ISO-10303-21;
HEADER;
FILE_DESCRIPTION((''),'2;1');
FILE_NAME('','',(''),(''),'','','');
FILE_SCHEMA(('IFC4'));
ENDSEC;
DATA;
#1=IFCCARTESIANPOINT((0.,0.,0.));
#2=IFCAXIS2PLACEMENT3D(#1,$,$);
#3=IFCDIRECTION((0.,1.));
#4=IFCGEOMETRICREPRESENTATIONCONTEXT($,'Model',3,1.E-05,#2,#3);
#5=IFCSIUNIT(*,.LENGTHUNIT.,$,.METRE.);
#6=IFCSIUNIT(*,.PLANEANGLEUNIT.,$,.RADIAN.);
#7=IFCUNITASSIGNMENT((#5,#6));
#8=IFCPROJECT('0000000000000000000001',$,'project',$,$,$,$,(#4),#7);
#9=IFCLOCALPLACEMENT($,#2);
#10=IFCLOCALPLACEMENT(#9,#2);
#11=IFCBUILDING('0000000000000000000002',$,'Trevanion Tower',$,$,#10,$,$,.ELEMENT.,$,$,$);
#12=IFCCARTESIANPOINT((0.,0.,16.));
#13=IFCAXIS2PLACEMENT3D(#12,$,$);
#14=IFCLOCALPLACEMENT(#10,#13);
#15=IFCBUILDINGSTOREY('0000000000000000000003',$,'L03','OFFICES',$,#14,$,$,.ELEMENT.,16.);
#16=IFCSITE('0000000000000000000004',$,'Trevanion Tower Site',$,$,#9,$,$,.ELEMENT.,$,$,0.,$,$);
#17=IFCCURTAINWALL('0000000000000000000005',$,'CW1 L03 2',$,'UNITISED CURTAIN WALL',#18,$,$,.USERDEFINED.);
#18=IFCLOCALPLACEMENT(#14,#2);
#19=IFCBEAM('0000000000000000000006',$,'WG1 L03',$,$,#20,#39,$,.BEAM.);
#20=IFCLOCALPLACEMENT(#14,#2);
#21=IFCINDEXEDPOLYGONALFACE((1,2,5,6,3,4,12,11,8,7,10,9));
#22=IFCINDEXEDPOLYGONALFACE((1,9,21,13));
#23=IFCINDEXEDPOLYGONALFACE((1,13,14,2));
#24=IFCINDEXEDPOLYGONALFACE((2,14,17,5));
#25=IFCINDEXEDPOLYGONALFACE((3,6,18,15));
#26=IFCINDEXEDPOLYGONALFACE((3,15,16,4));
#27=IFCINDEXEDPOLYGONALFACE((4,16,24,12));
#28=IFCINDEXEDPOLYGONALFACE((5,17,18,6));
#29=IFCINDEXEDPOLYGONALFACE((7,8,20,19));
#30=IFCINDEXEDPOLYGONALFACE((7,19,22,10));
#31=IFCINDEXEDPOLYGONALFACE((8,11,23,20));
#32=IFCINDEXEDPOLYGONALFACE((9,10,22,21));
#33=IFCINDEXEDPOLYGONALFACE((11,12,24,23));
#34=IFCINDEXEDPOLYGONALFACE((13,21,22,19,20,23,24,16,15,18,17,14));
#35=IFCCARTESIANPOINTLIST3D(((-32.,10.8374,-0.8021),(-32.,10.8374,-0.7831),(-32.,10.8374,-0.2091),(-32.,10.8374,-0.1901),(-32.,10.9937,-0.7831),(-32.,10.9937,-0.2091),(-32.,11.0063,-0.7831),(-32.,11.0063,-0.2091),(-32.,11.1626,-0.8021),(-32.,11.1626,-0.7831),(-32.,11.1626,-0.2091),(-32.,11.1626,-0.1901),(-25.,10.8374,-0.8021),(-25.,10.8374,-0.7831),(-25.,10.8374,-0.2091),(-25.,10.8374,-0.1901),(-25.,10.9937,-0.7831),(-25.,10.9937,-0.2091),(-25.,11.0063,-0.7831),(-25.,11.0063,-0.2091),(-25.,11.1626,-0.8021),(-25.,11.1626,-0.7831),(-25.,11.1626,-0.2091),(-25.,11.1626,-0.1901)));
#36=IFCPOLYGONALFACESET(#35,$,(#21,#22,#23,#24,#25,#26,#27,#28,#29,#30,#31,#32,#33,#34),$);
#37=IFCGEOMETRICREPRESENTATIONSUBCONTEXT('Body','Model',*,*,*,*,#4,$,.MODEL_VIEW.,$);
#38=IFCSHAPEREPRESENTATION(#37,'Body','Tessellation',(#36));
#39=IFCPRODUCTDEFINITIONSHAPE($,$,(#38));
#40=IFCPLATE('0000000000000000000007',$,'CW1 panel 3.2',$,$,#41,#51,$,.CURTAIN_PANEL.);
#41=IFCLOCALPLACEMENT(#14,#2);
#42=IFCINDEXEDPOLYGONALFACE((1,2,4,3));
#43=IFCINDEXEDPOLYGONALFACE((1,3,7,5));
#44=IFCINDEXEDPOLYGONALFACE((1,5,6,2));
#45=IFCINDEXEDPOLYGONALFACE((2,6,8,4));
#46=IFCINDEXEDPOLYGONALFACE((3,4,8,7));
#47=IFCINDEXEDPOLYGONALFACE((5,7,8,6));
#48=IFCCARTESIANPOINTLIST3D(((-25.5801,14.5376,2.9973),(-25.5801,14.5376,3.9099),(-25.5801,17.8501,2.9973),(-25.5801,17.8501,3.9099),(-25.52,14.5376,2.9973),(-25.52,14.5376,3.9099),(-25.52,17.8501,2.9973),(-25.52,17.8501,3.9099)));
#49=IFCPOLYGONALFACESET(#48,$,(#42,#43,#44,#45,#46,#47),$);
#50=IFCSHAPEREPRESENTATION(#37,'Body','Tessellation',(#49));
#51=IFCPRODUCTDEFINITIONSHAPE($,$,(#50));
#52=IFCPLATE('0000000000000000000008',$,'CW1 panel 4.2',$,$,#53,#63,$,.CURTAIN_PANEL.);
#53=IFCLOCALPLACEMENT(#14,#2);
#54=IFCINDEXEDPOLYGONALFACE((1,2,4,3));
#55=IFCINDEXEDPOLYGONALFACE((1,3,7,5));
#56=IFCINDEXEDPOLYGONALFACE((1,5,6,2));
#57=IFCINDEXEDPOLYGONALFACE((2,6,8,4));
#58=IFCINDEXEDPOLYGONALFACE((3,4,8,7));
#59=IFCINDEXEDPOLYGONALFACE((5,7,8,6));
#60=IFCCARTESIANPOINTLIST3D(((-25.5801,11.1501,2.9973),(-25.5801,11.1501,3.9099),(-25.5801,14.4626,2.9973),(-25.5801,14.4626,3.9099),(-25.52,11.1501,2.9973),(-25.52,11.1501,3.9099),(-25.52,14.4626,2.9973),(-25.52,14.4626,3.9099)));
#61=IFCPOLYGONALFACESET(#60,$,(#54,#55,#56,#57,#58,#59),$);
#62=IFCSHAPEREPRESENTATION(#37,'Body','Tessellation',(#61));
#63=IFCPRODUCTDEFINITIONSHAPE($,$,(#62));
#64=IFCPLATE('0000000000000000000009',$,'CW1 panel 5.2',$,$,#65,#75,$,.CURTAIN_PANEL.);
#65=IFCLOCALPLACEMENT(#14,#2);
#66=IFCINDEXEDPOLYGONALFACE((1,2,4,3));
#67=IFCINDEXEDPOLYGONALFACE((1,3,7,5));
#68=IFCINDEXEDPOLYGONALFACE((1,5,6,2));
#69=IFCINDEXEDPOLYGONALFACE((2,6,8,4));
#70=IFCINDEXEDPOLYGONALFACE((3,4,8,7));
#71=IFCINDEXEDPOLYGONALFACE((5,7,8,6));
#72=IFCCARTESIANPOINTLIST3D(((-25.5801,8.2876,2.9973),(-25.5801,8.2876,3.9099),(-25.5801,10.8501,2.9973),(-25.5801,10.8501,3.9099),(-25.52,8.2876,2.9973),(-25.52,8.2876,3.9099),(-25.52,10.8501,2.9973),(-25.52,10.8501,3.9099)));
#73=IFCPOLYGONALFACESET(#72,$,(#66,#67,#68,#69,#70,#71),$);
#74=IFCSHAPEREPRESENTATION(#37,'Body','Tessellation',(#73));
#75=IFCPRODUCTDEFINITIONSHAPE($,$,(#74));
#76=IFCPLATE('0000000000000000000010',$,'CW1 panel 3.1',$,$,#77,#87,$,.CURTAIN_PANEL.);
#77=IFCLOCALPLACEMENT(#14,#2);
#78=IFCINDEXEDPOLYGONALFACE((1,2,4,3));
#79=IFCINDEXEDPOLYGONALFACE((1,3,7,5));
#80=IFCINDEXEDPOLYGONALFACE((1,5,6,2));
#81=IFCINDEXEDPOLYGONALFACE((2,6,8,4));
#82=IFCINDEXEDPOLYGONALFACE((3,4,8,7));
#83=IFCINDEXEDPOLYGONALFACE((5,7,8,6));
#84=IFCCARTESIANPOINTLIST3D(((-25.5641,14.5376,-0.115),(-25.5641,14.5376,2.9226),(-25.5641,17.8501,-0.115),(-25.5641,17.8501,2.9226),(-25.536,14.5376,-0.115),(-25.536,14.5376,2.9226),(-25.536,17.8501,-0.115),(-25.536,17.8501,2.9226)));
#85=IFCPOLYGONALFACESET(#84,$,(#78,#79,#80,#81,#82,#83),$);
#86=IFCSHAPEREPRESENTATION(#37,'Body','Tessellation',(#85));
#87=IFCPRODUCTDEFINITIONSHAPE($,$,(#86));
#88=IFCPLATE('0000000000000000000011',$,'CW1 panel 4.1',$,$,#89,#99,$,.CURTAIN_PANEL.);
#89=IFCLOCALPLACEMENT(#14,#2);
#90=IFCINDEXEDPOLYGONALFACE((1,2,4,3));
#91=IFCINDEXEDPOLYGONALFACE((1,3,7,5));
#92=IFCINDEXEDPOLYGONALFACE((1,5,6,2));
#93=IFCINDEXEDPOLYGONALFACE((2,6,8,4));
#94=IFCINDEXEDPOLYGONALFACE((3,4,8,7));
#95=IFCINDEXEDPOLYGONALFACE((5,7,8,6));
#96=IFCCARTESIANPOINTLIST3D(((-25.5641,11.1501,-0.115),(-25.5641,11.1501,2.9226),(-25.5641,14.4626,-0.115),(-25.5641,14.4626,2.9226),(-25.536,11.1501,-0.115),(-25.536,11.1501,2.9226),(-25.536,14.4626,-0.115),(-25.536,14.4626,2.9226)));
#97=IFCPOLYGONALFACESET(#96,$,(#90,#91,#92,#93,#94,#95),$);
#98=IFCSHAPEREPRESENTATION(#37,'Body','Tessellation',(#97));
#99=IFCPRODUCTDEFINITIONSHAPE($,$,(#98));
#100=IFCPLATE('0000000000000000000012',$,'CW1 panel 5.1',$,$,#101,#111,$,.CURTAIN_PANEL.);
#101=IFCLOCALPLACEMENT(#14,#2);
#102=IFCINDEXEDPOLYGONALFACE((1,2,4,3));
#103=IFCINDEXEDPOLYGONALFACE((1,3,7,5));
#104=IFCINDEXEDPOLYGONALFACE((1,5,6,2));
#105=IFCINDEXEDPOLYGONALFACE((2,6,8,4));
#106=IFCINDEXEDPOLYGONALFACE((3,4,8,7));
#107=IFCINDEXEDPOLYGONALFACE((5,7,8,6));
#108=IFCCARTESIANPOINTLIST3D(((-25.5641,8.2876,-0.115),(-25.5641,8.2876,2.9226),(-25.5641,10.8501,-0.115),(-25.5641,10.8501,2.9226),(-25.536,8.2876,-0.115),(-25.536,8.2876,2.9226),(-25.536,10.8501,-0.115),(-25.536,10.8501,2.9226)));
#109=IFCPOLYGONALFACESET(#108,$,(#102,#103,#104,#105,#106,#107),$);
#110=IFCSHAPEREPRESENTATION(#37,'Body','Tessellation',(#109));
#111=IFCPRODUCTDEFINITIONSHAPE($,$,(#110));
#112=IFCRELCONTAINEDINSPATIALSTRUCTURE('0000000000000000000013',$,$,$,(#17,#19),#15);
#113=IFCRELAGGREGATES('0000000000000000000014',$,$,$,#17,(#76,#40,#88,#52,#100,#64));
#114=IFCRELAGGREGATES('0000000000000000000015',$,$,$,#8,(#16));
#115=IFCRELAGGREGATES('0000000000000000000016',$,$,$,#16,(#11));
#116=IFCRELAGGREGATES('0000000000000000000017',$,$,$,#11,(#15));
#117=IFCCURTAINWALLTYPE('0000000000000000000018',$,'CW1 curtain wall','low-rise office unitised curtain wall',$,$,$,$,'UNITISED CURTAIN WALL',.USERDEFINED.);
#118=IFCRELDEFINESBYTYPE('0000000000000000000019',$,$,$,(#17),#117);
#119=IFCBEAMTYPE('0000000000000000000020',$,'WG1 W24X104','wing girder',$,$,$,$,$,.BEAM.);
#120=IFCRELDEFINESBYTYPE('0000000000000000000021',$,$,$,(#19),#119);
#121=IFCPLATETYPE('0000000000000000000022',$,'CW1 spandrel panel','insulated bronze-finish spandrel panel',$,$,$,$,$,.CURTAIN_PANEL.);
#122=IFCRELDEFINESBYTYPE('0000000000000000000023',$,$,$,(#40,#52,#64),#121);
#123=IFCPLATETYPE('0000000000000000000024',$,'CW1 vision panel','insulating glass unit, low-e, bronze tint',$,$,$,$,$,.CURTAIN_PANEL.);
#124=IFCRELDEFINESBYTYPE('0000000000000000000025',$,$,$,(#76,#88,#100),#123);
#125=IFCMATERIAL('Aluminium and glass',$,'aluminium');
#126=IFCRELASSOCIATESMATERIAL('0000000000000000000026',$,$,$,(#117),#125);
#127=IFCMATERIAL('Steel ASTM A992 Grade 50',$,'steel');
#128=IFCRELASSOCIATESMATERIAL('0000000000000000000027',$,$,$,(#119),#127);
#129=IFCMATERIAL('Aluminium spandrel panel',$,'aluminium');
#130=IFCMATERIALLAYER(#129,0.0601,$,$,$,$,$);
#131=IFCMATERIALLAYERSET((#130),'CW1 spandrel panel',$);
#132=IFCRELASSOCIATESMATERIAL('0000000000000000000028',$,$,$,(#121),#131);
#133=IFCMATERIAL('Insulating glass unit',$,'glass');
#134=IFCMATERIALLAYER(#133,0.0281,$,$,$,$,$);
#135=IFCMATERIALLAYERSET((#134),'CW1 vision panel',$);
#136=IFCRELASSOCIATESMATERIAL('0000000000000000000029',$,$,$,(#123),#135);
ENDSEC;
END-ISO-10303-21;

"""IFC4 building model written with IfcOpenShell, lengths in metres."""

from ifc_helpers import new_model, si_unit, direction, frame, origin, origin_2d, place, context, subcontext, project, spatial, rectangle, i_section, extrude, material, layer, layer_set, material_profile, profile_set, type_object, element, aggregate, save


model = new_model("IFC4")

# Units and contexts
model_context = context("Model", 3, precision=1e-05, world=origin(), true_north=direction((0.0, 1.0)))
body_context = subcontext(model_context, "Body", "Model", "MODEL_VIEW")
ifc_project = project(units=[si_unit("LENGTHUNIT", "METRE"), si_unit("PLANEANGLEUNIT", "RADIAN")], contexts=[model_context])

# Site, building, storey
site_placement = place(None, origin())
site = spatial("IfcSite", under=ifc_project, at=site_placement, Name="Trevanion Tower Site", CompositionType="ELEMENT", RefElevation=0.0)
building_placement = place(site_placement, origin())
building = spatial("IfcBuilding", under=site, at=building_placement, Name="Trevanion Tower", CompositionType="ELEMENT")
storey_placement = place(building_placement, frame((0.0, 0.0, 16.0)))
storey = spatial("IfcBuildingStorey", under=building, at=storey_placement, Name="L03", Description="OFFICES", CompositionType="ELEMENT", Elevation=16.0)

# Curtain wall
ifc_material_1 = material(Name="Aluminium and glass", Category="aluminium")
curtain_wall_type = type_object("IfcCurtainWallType", Name="CW1 curtain wall", Description="low-rise office unitised curtain wall", ElementType="UNITISED CURTAIN WALL", PredefinedType="USERDEFINED", material=ifc_material_1)
curtain_wall_placement = place(storey_placement, origin())
curtain_wall = element("IfcCurtainWall", 1, at=curtain_wall_placement, inside=storey, type_object=curtain_wall_type, Name="CW1 L03 2", ObjectType="UNITISED CURTAIN WALL", PredefinedType="USERDEFINED")

# Beam
ifc_material_2 = material(Name="Steel ASTM A992 Grade 50", Category="steel")
ifc_material_profile_1 = material_profile(ifc_material_2, i_section(OverallWidth=0.3252, OverallDepth=0.6121, WebThickness=0.0127, FlangeThickness=0.019, at=origin_2d()), Name="W24X104")
ifc_profile_set_1 = profile_set([ifc_material_profile_1], Name="Steel ASTM A992 Grade 50")
beam_type_1 = type_object("IfcBeamType", Name="WG1 W24X104", Description="wing girder", PredefinedType="BEAM", material=ifc_profile_set_1)
beam_1_placement = place(storey_placement, frame((-25.0, 11.0, -0.4961), z_axis=(-1.0, 0.0, 0.0), x_axis=(0.0, -1.0, 0.0)))
element("IfcBeam", 2, at=beam_1_placement, inside=storey, type_object=beam_type_1, Name="WG1 L03", PredefinedType="BEAM", context=body_context, shape_type="SweptSolid", body=[
    extrude(i_section(OverallWidth=0.3252, OverallDepth=0.6121, WebThickness=0.0127, FlangeThickness=0.019, at=origin_2d()), origin(), (0.0, 0.0, 1.0), 7.0),
])

# Plates
ifc_material_3 = material(Name="Aluminium spandrel panel", Category="aluminium")
ifc_layer_1 = layer(ifc_material_3, 0.0601)
ifc_layer_set_1 = layer_set([ifc_layer_1], Name="CW1 spandrel panel")
plate_type_1 = type_object("IfcPlateType", Name="CW1 spandrel panel", Description="insulated bronze-finish spandrel panel", PredefinedType="CURTAIN_PANEL", material=ifc_layer_set_1)
plate_1_placement = place(storey_placement, frame((-25.55, 16.1938, 2.9973), z_axis=(0.0, 0.0, 1.0), x_axis=(0.0, -1.0, 0.0)))
plate_1 = element("IfcPlate", 3, at=plate_1_placement, type_object=plate_type_1, Name="CW1 panel 3.2", PredefinedType="CURTAIN_PANEL", context=body_context, shape_type="SweptSolid", body=[
    extrude(rectangle(XDim=3.3125, YDim=0.0601, at=origin_2d()), origin(), (0.0, 0.0, 1.0), 0.9126),
])
plate_2_placement = place(storey_placement, frame((-25.55, 12.8064, 2.9973), z_axis=(0.0, 0.0, 1.0), x_axis=(0.0, -1.0, 0.0)))
plate_2 = element("IfcPlate", 4, at=plate_2_placement, type_object=plate_type_1, Name="CW1 panel 4.2", PredefinedType="CURTAIN_PANEL", context=body_context, shape_type="SweptSolid", body=[
    extrude(rectangle(XDim=3.3125, YDim=0.0601, at=origin_2d()), origin(), (0.0, 0.0, 1.0), 0.9126),
])
plate_3_placement = place(storey_placement, frame((-25.55, 9.5688, 2.9973), z_axis=(0.0, 0.0, 1.0), x_axis=(0.0, -1.0, 0.0)))
plate_3 = element("IfcPlate", 5, at=plate_3_placement, type_object=plate_type_1, Name="CW1 panel 5.2", PredefinedType="CURTAIN_PANEL", context=body_context, shape_type="SweptSolid", body=[
    extrude(rectangle(XDim=2.5625, YDim=0.0601, at=origin_2d()), origin(), (0.0, 0.0, 1.0), 0.9126),
])
ifc_material_4 = material(Name="Insulating glass unit", Category="glass")
ifc_layer_2 = layer(ifc_material_4, 0.0281)
ifc_layer_set_2 = layer_set([ifc_layer_2], Name="CW1 vision panel")
plate_type_2 = type_object("IfcPlateType", Name="CW1 vision panel", Description="insulating glass unit, low-e, bronze tint", PredefinedType="CURTAIN_PANEL", material=ifc_layer_set_2)
plate_4_placement = place(storey_placement, frame((-25.55, 16.1938, -0.115), z_axis=(0.0, 0.0, 1.0), x_axis=(0.0, -1.0, 0.0)))
plate_4 = element("IfcPlate", 6, at=plate_4_placement, type_object=plate_type_2, Name="CW1 panel 3.1", PredefinedType="CURTAIN_PANEL", context=body_context, shape_type="SweptSolid", body=[
    extrude(rectangle(XDim=3.3125, YDim=0.0281, at=origin_2d()), origin(), (0.0, 0.0, 1.0), 3.0376),
])
plate_5_placement = place(storey_placement, frame((-25.55, 12.8064, -0.115), z_axis=(0.0, 0.0, 1.0), x_axis=(0.0, -1.0, 0.0)))
plate_5 = element("IfcPlate", 7, at=plate_5_placement, type_object=plate_type_2, Name="CW1 panel 4.1", PredefinedType="CURTAIN_PANEL", context=body_context, shape_type="SweptSolid", body=[
    extrude(rectangle(XDim=3.3125, YDim=0.0281, at=origin_2d()), origin(), (0.0, 0.0, 1.0), 3.0376),
])
plate_6_placement = place(storey_placement, frame((-25.55, 9.5688, -0.115), z_axis=(0.0, 0.0, 1.0), x_axis=(0.0, -1.0, 0.0)))
plate_6 = element("IfcPlate", 8, at=plate_6_placement, type_object=plate_type_2, Name="CW1 panel 5.1", PredefinedType="CURTAIN_PANEL", context=body_context, shape_type="SweptSolid", body=[
    extrude(rectangle(XDim=2.5625, YDim=0.0281, at=origin_2d()), origin(), (0.0, 0.0, 1.0), 3.0376),
])
aggregate(curtain_wall, [plate_4, plate_1, plate_5, plate_2, plate_6, plate_3])

save(model, "model.ifc")
